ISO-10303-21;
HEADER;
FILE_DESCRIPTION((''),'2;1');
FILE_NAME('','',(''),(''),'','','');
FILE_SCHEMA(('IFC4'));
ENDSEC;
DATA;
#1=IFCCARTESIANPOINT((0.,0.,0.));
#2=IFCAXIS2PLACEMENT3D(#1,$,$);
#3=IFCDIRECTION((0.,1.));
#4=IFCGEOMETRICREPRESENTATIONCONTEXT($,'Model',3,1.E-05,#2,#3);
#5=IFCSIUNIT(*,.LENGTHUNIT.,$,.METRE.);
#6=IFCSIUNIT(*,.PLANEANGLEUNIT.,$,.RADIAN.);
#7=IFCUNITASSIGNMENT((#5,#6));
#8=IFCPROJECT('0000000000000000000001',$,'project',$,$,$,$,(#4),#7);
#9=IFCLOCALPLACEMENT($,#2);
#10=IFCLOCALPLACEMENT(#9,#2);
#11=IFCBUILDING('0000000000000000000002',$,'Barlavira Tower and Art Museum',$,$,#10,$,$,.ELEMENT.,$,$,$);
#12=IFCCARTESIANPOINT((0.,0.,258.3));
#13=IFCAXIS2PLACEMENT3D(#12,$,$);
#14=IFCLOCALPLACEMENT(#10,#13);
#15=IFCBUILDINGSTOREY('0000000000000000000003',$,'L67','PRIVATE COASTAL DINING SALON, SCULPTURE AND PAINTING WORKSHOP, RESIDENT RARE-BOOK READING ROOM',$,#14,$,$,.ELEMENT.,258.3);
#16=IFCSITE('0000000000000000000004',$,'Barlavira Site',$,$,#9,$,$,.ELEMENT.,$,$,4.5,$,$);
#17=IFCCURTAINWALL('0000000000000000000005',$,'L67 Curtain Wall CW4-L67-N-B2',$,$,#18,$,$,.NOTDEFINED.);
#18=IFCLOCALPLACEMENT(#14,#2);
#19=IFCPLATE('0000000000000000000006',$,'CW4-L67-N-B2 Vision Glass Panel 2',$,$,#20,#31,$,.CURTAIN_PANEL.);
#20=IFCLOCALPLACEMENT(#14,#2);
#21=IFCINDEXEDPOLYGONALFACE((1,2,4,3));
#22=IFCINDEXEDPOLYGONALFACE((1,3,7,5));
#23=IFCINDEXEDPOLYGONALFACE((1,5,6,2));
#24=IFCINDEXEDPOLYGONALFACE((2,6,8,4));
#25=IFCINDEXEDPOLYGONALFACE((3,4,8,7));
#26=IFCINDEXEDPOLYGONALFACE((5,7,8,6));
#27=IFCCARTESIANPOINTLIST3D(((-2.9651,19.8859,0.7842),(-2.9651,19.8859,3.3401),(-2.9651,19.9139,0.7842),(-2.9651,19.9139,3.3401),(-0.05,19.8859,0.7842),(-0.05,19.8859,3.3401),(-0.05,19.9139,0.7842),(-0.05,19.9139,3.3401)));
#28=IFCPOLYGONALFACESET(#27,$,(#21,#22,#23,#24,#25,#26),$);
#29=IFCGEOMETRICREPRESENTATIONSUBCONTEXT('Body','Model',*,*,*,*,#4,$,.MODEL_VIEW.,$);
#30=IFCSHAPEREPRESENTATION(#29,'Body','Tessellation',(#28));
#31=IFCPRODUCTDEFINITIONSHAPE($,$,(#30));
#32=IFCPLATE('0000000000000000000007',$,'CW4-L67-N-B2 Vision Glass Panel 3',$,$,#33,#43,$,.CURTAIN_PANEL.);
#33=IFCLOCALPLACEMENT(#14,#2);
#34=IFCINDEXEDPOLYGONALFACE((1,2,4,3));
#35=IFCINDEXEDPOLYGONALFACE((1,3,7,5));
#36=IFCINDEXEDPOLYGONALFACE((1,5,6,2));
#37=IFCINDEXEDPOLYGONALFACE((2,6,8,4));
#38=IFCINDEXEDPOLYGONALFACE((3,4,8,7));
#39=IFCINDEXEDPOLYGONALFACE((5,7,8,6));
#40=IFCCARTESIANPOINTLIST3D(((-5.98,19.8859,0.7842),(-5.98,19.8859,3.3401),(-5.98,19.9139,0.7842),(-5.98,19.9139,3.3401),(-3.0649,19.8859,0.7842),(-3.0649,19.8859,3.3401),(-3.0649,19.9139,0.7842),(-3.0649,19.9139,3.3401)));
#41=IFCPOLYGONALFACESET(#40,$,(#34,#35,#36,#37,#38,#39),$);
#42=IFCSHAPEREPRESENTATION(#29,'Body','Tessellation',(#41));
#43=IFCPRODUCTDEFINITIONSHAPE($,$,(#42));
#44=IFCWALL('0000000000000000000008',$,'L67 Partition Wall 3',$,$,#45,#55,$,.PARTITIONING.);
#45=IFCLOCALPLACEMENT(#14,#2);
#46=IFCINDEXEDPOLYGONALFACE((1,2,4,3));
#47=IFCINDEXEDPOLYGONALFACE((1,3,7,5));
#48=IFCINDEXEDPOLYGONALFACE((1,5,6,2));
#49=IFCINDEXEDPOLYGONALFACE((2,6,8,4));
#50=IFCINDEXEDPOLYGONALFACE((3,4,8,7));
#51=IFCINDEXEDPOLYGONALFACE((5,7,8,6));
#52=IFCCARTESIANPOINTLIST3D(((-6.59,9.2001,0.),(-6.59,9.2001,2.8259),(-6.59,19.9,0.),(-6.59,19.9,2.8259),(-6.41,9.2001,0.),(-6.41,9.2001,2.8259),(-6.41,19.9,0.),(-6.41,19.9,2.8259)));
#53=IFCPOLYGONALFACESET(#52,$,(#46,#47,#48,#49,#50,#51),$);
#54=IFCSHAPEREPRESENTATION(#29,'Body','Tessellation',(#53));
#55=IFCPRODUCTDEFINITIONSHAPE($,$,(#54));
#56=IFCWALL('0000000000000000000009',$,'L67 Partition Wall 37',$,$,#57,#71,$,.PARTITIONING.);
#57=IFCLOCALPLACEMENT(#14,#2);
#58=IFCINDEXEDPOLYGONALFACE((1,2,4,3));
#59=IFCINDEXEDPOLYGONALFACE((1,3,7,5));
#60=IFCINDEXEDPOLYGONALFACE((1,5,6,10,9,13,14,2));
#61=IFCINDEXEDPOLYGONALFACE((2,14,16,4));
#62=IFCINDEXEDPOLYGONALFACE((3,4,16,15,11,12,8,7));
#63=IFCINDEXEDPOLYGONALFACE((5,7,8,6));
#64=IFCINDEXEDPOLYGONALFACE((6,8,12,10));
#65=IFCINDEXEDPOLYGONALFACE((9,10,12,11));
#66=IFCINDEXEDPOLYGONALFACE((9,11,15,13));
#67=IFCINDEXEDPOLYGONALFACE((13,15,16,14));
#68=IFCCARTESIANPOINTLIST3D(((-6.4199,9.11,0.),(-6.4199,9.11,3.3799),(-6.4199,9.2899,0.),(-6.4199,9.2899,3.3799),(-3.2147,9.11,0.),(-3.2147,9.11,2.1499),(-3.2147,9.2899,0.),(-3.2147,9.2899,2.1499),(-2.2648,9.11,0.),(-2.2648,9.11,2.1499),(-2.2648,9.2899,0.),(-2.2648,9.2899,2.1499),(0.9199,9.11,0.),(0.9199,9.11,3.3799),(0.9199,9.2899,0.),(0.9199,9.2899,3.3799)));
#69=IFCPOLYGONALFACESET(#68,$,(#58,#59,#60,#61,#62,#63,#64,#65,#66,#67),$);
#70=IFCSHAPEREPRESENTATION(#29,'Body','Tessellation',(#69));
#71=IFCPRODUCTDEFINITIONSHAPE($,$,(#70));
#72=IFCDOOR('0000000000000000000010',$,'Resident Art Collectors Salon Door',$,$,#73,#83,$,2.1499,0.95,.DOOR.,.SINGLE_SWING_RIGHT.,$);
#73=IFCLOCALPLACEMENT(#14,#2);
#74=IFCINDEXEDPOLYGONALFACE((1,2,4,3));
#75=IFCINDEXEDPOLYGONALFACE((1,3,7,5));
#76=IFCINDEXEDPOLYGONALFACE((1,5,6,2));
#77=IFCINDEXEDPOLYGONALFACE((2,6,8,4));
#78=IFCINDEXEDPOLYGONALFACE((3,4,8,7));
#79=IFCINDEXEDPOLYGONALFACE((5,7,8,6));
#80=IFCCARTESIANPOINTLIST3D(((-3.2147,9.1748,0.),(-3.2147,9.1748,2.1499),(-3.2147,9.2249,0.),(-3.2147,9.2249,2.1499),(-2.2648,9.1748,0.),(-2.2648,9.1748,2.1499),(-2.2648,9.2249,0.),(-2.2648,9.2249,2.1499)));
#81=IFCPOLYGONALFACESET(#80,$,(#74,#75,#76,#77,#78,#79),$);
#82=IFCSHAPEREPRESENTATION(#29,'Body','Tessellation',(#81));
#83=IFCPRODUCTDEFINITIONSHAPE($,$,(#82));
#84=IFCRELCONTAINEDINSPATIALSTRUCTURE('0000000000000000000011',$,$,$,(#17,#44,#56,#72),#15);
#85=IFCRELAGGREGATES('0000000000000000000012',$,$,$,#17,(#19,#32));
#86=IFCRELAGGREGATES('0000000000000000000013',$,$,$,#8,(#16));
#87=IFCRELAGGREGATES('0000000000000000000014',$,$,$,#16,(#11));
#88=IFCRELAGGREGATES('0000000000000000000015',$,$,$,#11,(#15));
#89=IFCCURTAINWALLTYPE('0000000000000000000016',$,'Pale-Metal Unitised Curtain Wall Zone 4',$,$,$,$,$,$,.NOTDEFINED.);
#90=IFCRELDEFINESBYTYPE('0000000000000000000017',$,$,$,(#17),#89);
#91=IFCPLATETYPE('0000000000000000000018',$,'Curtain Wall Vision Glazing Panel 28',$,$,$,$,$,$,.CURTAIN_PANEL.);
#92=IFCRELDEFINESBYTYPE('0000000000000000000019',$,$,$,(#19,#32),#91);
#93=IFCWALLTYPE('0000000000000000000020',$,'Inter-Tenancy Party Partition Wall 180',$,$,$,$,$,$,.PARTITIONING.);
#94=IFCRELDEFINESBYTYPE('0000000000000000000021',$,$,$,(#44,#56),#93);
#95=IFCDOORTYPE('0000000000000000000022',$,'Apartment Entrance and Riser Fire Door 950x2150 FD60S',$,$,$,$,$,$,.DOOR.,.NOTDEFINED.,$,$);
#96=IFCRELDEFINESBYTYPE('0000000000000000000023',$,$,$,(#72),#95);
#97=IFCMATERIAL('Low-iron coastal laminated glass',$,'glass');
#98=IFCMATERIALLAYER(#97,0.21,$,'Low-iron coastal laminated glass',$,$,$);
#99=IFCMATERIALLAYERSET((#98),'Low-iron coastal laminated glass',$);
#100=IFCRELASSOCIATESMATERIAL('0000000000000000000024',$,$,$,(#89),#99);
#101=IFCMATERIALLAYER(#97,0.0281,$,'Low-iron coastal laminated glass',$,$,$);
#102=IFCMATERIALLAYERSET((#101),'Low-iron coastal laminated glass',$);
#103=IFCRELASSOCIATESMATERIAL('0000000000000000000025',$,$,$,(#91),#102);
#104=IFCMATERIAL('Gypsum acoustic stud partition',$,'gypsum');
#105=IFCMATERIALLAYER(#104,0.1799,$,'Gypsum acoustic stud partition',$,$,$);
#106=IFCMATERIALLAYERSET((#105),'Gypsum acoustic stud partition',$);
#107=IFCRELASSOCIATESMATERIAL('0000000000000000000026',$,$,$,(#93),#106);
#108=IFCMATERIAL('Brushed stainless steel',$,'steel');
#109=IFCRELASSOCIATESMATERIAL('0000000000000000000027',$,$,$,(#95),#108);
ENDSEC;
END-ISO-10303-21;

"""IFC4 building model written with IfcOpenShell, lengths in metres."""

from ifc_helpers import new_model, si_unit, direction, frame, frame_2d, origin, origin_2d, place, context, subcontext, project, spatial, rectangle, extrude, material, layer, layer_set, type_object, element, fill, aggregate, save


model = new_model("IFC4")

# Units and contexts
model_context = context("Model", 3, precision=1e-05, world=origin(), true_north=direction((0.0, 1.0)))
body_context = subcontext(model_context, "Body", "Model", "MODEL_VIEW")
ifc_project = project(units=[si_unit("LENGTHUNIT", "METRE"), si_unit("PLANEANGLEUNIT", "RADIAN")], contexts=[model_context])

# Site, building, storey
site_placement = place(None, origin())
site = spatial("IfcSite", under=ifc_project, at=site_placement, Name="Barlavira Site", CompositionType="ELEMENT", RefElevation=4.5)
building_placement = place(site_placement, origin())
building = spatial("IfcBuilding", under=site, at=building_placement, Name="Barlavira Tower and Art Museum", CompositionType="ELEMENT")
storey_placement = place(building_placement, frame((0.0, 0.0, 258.3)))
storey = spatial("IfcBuildingStorey", under=building, at=storey_placement, Name="L67", Description="PRIVATE COASTAL DINING SALON, SCULPTURE AND PAINTING WORKSHOP, RESIDENT RARE-BOOK READING ROOM", CompositionType="ELEMENT", Elevation=258.3)

# Curtain wall
ifc_material_1 = material(Name="Low-iron coastal laminated glass", Category="glass")
ifc_layer_1 = layer(ifc_material_1, 0.21, Name="Low-iron coastal laminated glass")
ifc_layer_set_1 = layer_set([ifc_layer_1], Name="Low-iron coastal laminated glass")
curtain_wall_type = type_object("IfcCurtainWallType", Name="Pale-Metal Unitised Curtain Wall Zone 4", PredefinedType="NOTDEFINED", material=ifc_layer_set_1)
curtain_wall_placement = place(storey_placement, origin())
curtain_wall = element("IfcCurtainWall", 1, at=curtain_wall_placement, inside=storey, type_object=curtain_wall_type, Name="L67 Curtain Wall CW4-L67-N-B2", PredefinedType="NOTDEFINED")

# Plates
ifc_layer_2 = layer(ifc_material_1, 0.0281, Name="Low-iron coastal laminated glass")
ifc_layer_set_2 = layer_set([ifc_layer_2], Name="Low-iron coastal laminated glass")
plate_type_1 = type_object("IfcPlateType", Name="Curtain Wall Vision Glazing Panel 28", PredefinedType="CURTAIN_PANEL", material=ifc_layer_set_2)
plate_1_placement = place(storey_placement, frame((-1.5076, 19.8999, 0.7842), z_axis=(0.0, 0.0, 1.0), x_axis=(-1.0, 0.0, 0.0)))
plate_1 = element("IfcPlate", 2, at=plate_1_placement, type_object=plate_type_1, Name="CW4-L67-N-B2 Vision Glass Panel 2", PredefinedType="CURTAIN_PANEL", context=body_context, shape_type="SweptSolid", body=[
    extrude(rectangle(XDim=2.915, YDim=0.0281, at=origin_2d()), origin(), (0.0, 0.0, 1.0), 2.5559),
])
plate_2_placement = place(storey_placement, frame((-4.5225, 19.8999, 0.7842), z_axis=(0.0, 0.0, 1.0), x_axis=(-1.0, 0.0, 0.0)))
plate_2 = element("IfcPlate", 3, at=plate_2_placement, type_object=plate_type_1, Name="CW4-L67-N-B2 Vision Glass Panel 3", PredefinedType="CURTAIN_PANEL", context=body_context, shape_type="SweptSolid", body=[
    extrude(rectangle(XDim=2.915, YDim=0.0281, at=origin_2d()), origin(), (0.0, 0.0, 1.0), 2.5559),
])
aggregate(curtain_wall, [plate_1, plate_2])

# Wall
ifc_material_2 = material(Name="Gypsum acoustic stud partition", Category="gypsum")
ifc_layer_3 = layer(ifc_material_2, 0.1799, Name="Gypsum acoustic stud partition")
ifc_layer_set_3 = layer_set([ifc_layer_3], Name="Gypsum acoustic stud partition")
wall_type = type_object("IfcWallType", Name="Inter-Tenancy Party Partition Wall 180", PredefinedType="PARTITIONING", material=ifc_layer_set_3)
wall_1_placement = place(storey_placement, frame((-6.5, 9.2, 0.0), z_axis=(0.0, 0.0, 1.0), x_axis=(0.0, 1.0, 0.0)))
element("IfcWall", 4, at=wall_1_placement, inside=storey, type_object=wall_type, Name="L67 Partition Wall 3", PredefinedType="PARTITIONING", context=body_context, shape_type="SweptSolid", body=[
    extrude(rectangle(XDim=10.7, YDim=0.1799, at=frame_2d((5.3501, 0.0))), origin(), (0.0, 0.0, 1.0), 2.8259),
])

# Wall, opening, door
wall_2_placement = place(storey_placement, frame((-6.4199, 9.2, 0.0), z_axis=(0.0, 0.0, 1.0), x_axis=(1.0, 0.0, 0.0)))
wall_2 = element("IfcWall", 5, at=wall_2_placement, inside=storey, type_object=wall_type, Name="L67 Partition Wall 37", PredefinedType="PARTITIONING", context=body_context, shape_type="SweptSolid", body=[
    extrude(rectangle(XDim=7.3398, YDim=0.1799, at=frame_2d((3.6699, 0.0))), origin(), (0.0, 0.0, 1.0), 3.3799),
])
opening_placement = place(wall_2_placement, frame((3.2051, 0.0, 0.0)))
opening = element("IfcOpeningElement", 6, at=opening_placement, cuts=wall_2, PredefinedType="OPENING", context=body_context, shape_type="SweptSolid", body=[
    extrude(rectangle(XDim=0.95, YDim=2.1499, at=frame_2d((0.4751, 1.075))), frame((0.0, 0.1001, 0.0), z_axis=(0.0, -1.0, 0.0), x_axis=(1.0, 0.0, 0.0)), (0.0, 0.0, 1.0), 0.2),
])
ifc_material_3 = material(Name="Brushed stainless steel", Category="steel")
door_type = type_object("IfcDoorType", Name="Apartment Entrance and Riser Fire Door 950x2150 FD60S", OperationType="NOTDEFINED", PredefinedType="DOOR", material=ifc_material_3)
door_placement = place(opening_placement, origin())
door = element("IfcDoor", 7, at=door_placement, inside=storey, type_object=door_type, Name="Resident Art Collectors Salon Door", OperationType="SINGLE_SWING_RIGHT", OverallHeight=2.1499, OverallWidth=0.95, PredefinedType="DOOR", context=body_context, shape_type="SweptSolid", body=[
    extrude(rectangle(XDim=0.95, YDim=2.1499, at=frame_2d((0.4751, 1.075))), frame((0.0, 0.0249, 0.0), z_axis=(0.0, -1.0, 0.0), x_axis=(1.0, 0.0, 0.0)), (0.0, 0.0, 1.0), 0.05),
])
fill(opening, door)

save(model, "model.ifc")
